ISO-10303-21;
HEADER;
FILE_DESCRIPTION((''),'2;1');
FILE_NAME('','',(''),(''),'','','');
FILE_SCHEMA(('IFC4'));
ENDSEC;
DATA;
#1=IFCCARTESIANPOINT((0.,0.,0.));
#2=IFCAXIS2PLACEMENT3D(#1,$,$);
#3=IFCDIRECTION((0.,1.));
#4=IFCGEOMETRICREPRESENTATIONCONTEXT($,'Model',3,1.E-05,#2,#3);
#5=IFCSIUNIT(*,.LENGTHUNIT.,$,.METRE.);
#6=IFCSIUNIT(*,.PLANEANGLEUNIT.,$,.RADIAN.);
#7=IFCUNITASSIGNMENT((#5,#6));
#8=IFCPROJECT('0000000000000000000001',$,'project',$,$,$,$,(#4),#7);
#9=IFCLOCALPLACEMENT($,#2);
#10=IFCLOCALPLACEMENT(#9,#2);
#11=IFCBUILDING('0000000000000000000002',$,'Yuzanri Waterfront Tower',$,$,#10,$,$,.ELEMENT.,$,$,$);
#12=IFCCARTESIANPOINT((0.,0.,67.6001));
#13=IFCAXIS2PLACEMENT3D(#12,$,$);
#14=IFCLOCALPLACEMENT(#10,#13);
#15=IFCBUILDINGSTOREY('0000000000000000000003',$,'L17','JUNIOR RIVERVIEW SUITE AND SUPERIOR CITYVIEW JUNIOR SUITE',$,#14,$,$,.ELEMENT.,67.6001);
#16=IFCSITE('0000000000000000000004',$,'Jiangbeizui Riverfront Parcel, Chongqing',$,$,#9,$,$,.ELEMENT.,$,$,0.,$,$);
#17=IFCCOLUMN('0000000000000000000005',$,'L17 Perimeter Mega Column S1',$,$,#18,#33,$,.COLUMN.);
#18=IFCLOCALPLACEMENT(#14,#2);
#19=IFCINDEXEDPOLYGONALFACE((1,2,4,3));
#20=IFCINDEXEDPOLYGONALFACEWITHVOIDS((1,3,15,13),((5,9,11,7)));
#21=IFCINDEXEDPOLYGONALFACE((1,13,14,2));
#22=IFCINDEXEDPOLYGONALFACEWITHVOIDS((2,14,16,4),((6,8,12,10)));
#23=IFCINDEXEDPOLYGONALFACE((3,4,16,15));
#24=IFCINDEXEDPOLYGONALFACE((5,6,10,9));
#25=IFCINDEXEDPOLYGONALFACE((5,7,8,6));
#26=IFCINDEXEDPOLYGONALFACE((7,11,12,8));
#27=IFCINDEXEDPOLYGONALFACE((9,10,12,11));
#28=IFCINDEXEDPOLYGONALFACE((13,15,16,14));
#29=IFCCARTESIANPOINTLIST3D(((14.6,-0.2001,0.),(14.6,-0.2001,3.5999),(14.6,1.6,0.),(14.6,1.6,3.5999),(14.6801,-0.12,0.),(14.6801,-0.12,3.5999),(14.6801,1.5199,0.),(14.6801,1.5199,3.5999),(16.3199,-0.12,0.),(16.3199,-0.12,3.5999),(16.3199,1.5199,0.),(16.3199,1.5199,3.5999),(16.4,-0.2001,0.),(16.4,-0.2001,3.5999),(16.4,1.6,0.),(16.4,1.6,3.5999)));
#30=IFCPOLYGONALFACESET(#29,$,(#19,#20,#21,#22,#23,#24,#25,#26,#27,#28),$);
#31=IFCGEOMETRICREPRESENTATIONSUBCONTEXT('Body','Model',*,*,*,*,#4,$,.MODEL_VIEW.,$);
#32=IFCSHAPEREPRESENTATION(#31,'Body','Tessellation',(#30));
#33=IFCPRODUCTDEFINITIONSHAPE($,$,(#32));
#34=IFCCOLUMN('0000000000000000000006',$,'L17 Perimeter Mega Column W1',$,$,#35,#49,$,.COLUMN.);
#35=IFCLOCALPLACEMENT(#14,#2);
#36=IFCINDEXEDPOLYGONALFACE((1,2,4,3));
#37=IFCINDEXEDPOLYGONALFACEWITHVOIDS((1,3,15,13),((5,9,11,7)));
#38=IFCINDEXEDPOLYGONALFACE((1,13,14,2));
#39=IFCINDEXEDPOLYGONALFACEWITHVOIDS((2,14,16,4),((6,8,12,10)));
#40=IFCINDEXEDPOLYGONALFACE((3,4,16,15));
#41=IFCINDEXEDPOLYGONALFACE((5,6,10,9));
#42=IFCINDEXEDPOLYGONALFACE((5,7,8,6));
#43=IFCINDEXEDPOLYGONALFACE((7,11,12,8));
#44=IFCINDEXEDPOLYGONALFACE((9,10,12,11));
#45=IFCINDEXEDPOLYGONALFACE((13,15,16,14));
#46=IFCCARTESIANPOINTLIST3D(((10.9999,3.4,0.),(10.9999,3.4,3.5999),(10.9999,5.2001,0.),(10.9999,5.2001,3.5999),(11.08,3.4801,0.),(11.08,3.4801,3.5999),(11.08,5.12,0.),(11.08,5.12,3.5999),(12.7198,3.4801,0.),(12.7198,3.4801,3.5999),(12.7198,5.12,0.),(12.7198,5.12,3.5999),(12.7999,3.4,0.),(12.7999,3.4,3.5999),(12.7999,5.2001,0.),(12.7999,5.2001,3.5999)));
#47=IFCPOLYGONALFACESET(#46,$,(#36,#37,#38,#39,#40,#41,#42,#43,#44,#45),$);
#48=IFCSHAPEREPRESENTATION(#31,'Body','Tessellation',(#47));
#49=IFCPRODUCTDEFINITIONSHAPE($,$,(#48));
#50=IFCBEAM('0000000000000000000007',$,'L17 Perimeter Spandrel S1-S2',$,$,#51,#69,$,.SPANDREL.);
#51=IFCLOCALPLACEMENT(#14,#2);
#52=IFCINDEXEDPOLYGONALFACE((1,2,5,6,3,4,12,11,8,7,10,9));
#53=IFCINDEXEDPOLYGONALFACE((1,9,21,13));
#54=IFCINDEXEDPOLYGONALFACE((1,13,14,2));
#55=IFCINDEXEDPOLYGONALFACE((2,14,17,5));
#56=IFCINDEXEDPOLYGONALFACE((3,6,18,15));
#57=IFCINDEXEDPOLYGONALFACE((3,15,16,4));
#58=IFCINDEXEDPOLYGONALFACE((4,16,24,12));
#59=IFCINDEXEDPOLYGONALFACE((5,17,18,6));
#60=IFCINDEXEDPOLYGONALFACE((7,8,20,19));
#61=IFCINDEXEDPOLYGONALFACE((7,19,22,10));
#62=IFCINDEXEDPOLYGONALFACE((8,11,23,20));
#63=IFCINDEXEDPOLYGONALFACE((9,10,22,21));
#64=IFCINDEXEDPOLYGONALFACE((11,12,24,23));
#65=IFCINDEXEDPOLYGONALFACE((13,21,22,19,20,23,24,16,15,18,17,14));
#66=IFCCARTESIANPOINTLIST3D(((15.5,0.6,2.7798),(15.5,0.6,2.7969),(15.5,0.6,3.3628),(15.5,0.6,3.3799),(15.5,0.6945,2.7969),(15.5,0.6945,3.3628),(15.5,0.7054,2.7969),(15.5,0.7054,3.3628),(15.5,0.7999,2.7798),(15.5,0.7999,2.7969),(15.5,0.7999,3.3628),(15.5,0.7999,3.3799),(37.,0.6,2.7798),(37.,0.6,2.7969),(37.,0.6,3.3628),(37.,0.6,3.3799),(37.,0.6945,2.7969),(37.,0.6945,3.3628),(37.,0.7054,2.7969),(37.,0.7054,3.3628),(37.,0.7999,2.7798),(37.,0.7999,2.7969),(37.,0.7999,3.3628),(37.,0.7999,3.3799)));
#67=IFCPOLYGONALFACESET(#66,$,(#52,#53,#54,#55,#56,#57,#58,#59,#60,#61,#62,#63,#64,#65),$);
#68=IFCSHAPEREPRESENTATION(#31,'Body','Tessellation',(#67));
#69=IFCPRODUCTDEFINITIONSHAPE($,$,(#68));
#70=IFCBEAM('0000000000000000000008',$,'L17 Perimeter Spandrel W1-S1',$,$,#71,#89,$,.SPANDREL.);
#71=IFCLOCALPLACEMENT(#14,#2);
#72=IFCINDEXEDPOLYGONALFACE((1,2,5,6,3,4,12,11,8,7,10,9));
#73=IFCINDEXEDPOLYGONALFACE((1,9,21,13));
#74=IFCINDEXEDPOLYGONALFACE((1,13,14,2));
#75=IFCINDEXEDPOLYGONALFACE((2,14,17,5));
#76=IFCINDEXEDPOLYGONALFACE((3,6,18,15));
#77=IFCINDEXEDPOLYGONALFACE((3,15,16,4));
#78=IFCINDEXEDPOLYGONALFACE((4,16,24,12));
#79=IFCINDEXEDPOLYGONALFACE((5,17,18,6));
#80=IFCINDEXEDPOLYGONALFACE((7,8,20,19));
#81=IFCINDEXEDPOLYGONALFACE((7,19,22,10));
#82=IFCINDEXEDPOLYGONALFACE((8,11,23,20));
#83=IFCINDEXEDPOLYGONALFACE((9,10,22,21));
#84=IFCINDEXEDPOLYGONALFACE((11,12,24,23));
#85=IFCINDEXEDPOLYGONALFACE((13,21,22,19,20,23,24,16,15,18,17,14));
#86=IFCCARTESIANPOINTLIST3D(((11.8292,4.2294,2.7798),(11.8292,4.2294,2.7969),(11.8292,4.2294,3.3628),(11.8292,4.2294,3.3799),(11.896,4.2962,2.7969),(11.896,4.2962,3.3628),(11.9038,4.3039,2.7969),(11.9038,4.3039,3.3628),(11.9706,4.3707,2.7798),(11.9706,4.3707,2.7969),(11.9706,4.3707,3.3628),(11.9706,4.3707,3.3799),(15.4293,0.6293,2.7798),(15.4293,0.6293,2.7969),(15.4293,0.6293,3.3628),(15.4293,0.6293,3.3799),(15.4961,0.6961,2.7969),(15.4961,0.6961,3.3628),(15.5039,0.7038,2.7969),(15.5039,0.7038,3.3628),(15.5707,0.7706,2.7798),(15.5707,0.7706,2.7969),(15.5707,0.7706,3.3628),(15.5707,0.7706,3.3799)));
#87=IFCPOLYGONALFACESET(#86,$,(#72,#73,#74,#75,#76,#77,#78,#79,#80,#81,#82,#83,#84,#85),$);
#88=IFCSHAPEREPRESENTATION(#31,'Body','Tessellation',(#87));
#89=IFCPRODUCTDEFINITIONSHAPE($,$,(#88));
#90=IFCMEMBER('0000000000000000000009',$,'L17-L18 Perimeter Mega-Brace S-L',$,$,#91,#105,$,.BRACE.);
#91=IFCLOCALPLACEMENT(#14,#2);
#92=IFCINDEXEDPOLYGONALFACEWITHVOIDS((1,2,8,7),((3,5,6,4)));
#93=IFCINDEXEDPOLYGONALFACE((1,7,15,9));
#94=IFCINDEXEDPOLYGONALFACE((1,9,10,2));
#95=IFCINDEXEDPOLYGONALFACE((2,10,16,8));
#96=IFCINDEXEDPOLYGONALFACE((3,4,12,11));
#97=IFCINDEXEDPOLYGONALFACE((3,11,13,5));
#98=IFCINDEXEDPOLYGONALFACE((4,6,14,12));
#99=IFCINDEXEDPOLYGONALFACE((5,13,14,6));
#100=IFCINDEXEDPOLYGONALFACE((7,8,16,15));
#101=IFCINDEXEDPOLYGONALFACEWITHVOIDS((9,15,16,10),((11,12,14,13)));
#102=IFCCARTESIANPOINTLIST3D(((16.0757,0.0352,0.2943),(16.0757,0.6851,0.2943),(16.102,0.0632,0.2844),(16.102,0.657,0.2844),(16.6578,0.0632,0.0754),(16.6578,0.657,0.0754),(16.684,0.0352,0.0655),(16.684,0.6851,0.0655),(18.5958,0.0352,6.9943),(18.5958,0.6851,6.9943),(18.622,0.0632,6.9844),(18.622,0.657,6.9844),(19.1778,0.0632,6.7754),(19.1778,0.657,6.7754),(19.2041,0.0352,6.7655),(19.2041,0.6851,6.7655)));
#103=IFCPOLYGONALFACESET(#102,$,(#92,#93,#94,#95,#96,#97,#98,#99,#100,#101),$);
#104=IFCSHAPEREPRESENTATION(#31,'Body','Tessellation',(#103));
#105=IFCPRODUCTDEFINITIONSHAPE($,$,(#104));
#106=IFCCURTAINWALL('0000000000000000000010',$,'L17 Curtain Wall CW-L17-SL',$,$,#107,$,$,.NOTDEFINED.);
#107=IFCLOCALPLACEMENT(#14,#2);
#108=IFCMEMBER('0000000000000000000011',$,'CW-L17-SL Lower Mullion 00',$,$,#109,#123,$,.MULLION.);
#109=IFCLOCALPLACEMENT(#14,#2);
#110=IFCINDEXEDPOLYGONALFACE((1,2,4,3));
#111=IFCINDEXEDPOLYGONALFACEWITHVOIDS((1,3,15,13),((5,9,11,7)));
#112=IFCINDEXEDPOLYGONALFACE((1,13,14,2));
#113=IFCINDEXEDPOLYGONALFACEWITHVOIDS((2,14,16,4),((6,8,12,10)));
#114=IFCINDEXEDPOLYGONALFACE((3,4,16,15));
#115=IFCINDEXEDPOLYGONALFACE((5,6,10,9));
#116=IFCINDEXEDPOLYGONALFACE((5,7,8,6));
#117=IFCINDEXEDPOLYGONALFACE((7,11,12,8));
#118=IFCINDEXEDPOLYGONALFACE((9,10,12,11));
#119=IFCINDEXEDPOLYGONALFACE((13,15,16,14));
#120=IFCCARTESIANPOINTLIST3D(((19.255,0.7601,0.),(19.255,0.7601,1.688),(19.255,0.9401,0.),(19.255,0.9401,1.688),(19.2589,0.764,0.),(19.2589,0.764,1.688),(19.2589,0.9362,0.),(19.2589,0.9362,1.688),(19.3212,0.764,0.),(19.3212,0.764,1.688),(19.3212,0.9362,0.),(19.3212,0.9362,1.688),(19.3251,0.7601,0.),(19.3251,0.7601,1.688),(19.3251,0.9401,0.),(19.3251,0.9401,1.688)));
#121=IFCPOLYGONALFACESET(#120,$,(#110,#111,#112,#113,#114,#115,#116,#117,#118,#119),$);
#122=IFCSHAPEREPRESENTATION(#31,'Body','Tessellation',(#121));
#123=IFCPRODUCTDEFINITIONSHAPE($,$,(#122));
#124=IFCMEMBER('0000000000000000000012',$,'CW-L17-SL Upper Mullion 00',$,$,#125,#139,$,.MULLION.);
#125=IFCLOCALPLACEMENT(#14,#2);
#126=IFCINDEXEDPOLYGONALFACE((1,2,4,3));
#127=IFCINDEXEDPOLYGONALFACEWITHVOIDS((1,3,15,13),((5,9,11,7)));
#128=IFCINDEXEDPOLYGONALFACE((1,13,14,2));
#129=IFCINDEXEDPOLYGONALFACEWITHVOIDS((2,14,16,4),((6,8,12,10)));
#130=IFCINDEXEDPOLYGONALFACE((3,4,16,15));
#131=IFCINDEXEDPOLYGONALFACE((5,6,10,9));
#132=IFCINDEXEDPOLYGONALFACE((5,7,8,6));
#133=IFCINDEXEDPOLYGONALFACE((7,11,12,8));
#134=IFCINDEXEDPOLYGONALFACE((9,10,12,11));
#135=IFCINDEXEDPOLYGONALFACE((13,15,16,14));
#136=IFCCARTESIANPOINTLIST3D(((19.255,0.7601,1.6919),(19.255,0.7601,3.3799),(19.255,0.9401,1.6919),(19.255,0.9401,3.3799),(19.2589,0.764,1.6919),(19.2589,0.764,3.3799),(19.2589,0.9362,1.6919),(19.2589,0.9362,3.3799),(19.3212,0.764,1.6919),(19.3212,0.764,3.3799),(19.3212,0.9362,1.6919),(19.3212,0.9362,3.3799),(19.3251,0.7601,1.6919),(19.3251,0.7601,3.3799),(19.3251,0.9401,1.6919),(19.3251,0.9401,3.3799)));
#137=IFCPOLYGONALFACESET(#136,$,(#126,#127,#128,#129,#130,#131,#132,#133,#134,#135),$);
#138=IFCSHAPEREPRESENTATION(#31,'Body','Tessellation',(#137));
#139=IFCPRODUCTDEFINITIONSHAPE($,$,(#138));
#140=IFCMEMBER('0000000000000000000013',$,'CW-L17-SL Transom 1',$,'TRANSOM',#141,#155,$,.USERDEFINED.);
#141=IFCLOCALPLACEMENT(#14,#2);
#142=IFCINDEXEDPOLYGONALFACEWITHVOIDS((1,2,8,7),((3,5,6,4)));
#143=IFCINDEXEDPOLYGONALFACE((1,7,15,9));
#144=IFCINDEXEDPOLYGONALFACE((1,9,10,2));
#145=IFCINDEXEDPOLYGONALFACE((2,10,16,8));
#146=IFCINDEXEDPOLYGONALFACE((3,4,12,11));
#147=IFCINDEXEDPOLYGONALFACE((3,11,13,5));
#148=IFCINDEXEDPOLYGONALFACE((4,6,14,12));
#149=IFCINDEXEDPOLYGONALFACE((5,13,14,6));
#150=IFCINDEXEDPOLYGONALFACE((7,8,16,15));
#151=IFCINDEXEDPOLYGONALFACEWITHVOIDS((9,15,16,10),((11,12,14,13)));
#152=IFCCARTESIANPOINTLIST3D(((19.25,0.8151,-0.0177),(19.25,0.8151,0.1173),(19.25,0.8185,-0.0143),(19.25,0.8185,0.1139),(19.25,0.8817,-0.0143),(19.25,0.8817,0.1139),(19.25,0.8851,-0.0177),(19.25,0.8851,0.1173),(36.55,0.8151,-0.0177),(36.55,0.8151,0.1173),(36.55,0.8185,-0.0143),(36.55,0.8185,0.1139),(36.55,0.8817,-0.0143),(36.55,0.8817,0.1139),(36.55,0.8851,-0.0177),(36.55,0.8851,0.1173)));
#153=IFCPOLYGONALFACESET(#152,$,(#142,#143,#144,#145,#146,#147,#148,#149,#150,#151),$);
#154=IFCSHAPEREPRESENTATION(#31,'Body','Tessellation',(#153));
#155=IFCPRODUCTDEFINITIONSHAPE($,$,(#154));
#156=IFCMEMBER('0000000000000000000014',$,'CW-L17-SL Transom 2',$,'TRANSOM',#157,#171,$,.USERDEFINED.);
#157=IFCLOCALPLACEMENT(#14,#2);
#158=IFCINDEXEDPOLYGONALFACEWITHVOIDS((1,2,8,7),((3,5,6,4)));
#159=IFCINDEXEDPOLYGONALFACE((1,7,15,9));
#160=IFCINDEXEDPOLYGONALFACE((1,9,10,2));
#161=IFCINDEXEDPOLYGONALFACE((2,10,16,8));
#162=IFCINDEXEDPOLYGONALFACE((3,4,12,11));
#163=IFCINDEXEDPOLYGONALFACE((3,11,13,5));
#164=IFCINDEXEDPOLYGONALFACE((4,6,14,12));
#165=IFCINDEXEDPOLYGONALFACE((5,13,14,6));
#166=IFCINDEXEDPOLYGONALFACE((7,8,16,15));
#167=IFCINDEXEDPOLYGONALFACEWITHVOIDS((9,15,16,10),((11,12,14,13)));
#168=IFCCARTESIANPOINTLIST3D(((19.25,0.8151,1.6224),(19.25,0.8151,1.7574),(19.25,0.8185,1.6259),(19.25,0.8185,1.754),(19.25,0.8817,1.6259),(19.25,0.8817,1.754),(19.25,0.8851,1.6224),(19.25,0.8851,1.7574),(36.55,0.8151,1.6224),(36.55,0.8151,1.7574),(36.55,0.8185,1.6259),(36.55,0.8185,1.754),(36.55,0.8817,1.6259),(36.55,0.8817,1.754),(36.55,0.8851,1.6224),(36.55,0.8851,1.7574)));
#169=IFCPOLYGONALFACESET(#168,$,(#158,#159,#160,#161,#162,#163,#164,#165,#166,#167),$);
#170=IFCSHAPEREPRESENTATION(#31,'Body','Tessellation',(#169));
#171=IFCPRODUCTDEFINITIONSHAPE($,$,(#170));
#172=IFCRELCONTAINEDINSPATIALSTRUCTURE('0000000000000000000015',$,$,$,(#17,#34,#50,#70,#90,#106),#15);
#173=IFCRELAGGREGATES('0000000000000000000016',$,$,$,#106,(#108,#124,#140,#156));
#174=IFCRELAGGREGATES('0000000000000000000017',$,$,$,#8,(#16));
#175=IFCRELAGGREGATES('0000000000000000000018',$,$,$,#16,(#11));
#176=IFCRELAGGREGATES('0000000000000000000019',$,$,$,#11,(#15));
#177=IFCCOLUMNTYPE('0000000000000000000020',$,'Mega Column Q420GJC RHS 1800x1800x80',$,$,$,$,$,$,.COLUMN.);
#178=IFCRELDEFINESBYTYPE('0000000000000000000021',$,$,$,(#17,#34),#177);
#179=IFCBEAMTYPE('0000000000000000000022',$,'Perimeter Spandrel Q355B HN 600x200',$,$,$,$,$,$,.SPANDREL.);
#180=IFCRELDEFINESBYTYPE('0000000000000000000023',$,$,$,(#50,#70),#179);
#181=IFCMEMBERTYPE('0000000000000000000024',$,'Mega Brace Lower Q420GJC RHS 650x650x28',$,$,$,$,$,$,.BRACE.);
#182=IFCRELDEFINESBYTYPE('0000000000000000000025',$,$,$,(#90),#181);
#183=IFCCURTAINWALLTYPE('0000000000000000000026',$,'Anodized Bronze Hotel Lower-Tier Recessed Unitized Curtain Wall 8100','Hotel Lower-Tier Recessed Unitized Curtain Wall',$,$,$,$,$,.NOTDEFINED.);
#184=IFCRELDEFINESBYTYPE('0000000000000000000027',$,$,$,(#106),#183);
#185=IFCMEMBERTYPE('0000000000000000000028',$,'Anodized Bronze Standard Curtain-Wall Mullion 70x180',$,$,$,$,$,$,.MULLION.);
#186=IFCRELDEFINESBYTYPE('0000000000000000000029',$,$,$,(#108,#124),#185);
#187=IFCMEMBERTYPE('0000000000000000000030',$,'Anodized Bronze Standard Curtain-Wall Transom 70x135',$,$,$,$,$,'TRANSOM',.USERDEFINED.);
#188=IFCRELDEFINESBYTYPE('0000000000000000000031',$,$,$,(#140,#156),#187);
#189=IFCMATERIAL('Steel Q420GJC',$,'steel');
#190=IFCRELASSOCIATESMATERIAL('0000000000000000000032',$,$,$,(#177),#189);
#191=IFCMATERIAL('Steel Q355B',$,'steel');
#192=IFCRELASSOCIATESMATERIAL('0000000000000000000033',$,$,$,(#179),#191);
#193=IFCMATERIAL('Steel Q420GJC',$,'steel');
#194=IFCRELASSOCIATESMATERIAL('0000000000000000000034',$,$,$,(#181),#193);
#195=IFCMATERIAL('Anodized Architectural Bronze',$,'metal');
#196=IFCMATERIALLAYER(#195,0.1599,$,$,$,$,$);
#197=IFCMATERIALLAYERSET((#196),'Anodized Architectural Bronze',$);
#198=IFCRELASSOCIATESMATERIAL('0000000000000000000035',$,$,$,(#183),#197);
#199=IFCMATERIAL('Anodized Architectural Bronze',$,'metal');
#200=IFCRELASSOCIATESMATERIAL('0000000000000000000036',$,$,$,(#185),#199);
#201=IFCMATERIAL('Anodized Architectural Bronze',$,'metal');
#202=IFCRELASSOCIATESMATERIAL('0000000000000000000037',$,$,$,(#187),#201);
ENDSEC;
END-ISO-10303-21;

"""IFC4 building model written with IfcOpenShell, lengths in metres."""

from ifc_helpers import new_model, si_unit, direction, frame, origin, origin_2d, place, context, subcontext, project, spatial, hollow_rectangle, i_section, extrude, source, transform, mapped, material, layer, layer_set, material_profile, profile_set, type_object, element, aggregate, save


model = new_model("IFC4")

# Units and contexts
model_context = context("Model", 3, precision=1e-05, world=origin(), true_north=direction((0.0, 1.0)))
body_context = subcontext(model_context, "Body", "Model", "MODEL_VIEW")
ifc_project = project(units=[si_unit("LENGTHUNIT", "METRE"), si_unit("PLANEANGLEUNIT", "RADIAN")], contexts=[model_context])

# Site, building, storey
site_placement = place(None, origin())
site = spatial("IfcSite", under=ifc_project, at=site_placement, Name="Jiangbeizui Riverfront Parcel, Chongqing", CompositionType="ELEMENT", RefElevation=0.0)
building_placement = place(site_placement, origin())
building = spatial("IfcBuilding", under=site, at=building_placement, Name="Yuzanri Waterfront Tower", CompositionType="ELEMENT")
storey_placement = place(building_placement, frame((0.0, 0.0, 67.6001)))
storey = spatial("IfcBuildingStorey", under=building, at=storey_placement, Name="L17", Description="JUNIOR RIVERVIEW SUITE AND SUPERIOR CITYVIEW JUNIOR SUITE", CompositionType="ELEMENT", Elevation=67.6001)

# Columns
ifc_material_1 = material(Name="Steel Q420GJC", Category="steel")
ifc_material_profile_1 = material_profile(ifc_material_1, hollow_rectangle(XDim=1.8, YDim=1.8, WallThickness=0.0801, at=origin_2d()), Name="RHS 1800x1800x80")
ifc_profile_set_1 = profile_set([ifc_material_profile_1], Name="Steel Q420GJC")
column_type = type_object("IfcColumnType", Name="Mega Column Q420GJC RHS 1800x1800x80", PredefinedType="COLUMN", material=ifc_profile_set_1)
shared_shape_1 = source(origin(), body_context, "Body", "SweptSolid", [
    extrude(hollow_rectangle(XDim=1.8, YDim=1.8, WallThickness=0.0801, at=origin_2d()), origin(), (0.0, 0.0, 1.0), 3.5999),
])
for number, where, z_axis, x_axis, name in (
    (1, (15.5, 0.7, 0.0), (0.0, 0.0, 1.0), (1.0, 0.0, 0.0), "L17 Perimeter Mega Column S1"),
    (2, (11.8999, 4.3, 0.0), (0.0, 0.0, 1.0), (1.0, 0.0, 0.0), "L17 Perimeter Mega Column W1"),
):
    element("IfcColumn", number, at=place(storey_placement, frame(where, z_axis=z_axis, x_axis=x_axis)), inside=storey, type_object=column_type, Name=name, PredefinedType="COLUMN", context=body_context, shape_type="MappedRepresentation", body=[
        mapped(shared_shape_1, transform((0.0, 0.0, 0.0), scale=1.0)),
    ])

# Beams
ifc_material_2 = material(Name="Steel Q355B", Category="steel")
ifc_material_profile_2 = material_profile(ifc_material_2, i_section(OverallWidth=0.2, OverallDepth=0.6001, WebThickness=0.011, FlangeThickness=0.0171, at=origin_2d()), Name="HN 600x200x11x17")
ifc_profile_set_2 = profile_set([ifc_material_profile_2], Name="Steel Q355B")
beam_type = type_object("IfcBeamType", Name="Perimeter Spandrel Q355B HN 600x200", PredefinedType="SPANDREL", material=ifc_profile_set_2)
shared_shape_2 = source(origin(), body_context, "Body", "SweptSolid", [
    extrude(i_section(OverallWidth=0.2, OverallDepth=0.6001, WebThickness=0.011, FlangeThickness=0.0171, at=origin_2d()), origin(), (0.0, 0.0, 1.0), 21.5),
])
beam_1_placement = place(storey_placement, frame((15.5, 0.7, 3.0798), z_axis=(1.0, 0.0, 0.0), x_axis=(0.0, 1.0, 0.0)))
element("IfcBeam", 3, at=beam_1_placement, inside=storey, type_object=beam_type, Name="L17 Perimeter Spandrel S1-S2", PredefinedType="SPANDREL", context=body_context, shape_type="MappedRepresentation", body=[
    mapped(shared_shape_2, transform((0.0, 0.0, 0.0), scale=1.0)),
])
shared_shape_3 = source(origin(), body_context, "Body", "SweptSolid", [
    extrude(i_section(OverallWidth=0.2, OverallDepth=0.6001, WebThickness=0.011, FlangeThickness=0.0171, at=origin_2d()), origin(), (0.0, 0.0, 1.0), 5.0913),
])
beam_2_placement = place(storey_placement, frame((11.8999, 4.3, 3.0798), z_axis=(0.707107, -0.707107, 0.0), x_axis=(0.707107, 0.707107, 0.0)))
element("IfcBeam", 4, at=beam_2_placement, inside=storey, type_object=beam_type, Name="L17 Perimeter Spandrel W1-S1", PredefinedType="SPANDREL", context=body_context, shape_type="MappedRepresentation", body=[
    mapped(shared_shape_3, transform((0.0, 0.0, 0.0), scale=1.0)),
])

# Member
ifc_material_3 = material(Name="Steel Q420GJC", Category="steel")
ifc_material_profile_3 = material_profile(ifc_material_3, hollow_rectangle(XDim=0.6499, YDim=0.6499, WallThickness=0.0281, at=origin_2d()), Name="RHS 650x650x28")
ifc_profile_set_3 = profile_set([ifc_material_profile_3], Name="Steel Q420GJC")
member_type_1 = type_object("IfcMemberType", Name="Mega Brace Lower Q420GJC RHS 650x650x28", PredefinedType="BRACE", material=ifc_profile_set_3)
shared_shape_4 = source(origin(), body_context, "Body", "SweptSolid", [
    extrude(hollow_rectangle(XDim=0.6499, YDim=0.6499, WallThickness=0.0281, at=origin_2d()), origin(), (0.0, 0.0, 1.0), 7.1582),
])
member_1_placement = place(storey_placement, frame((16.3799, 0.3601, 0.1799), z_axis=(0.352046, 0.0, 0.935983), x_axis=(0.0, 1.0, 0.0)))
element("IfcMember", 5, at=member_1_placement, inside=storey, type_object=member_type_1, Name="L17-L18 Perimeter Mega-Brace S-L", PredefinedType="BRACE", context=body_context, shape_type="MappedRepresentation", body=[
    mapped(shared_shape_4, transform((0.0, 0.0, 0.0), scale=1.0)),
])

# Curtain wall, members
ifc_material_4 = material(Name="Anodized Architectural Bronze", Category="metal")
ifc_layer_1 = layer(ifc_material_4, 0.1599)
ifc_layer_set_1 = layer_set([ifc_layer_1], Name="Anodized Architectural Bronze")
curtain_wall_type = type_object("IfcCurtainWallType", Name="Anodized Bronze Hotel Lower-Tier Recessed Unitized Curtain Wall 8100", Description="Hotel Lower-Tier Recessed Unitized Curtain Wall", PredefinedType="NOTDEFINED", material=ifc_layer_set_1)
curtain_wall_placement = place(storey_placement, origin())
curtain_wall = element("IfcCurtainWall", 6, at=curtain_wall_placement, inside=storey, type_object=curtain_wall_type, Name="L17 Curtain Wall CW-L17-SL", PredefinedType="NOTDEFINED")
ifc_material_5 = material(Name="Anodized Architectural Bronze", Category="metal")
ifc_material_profile_4 = material_profile(ifc_material_5, hollow_rectangle(XDim=0.0701, YDim=0.1799, WallThickness=0.0039, at=origin_2d()), Name="CWM 70x180")
ifc_profile_set_4 = profile_set([ifc_material_profile_4], Name="Anodized Architectural Bronze")
member_type_2 = type_object("IfcMemberType", Name="Anodized Bronze Standard Curtain-Wall Mullion 70x180", PredefinedType="MULLION", material=ifc_profile_set_4)
shared_shape_5 = source(origin(), body_context, "Body", "SweptSolid", [
    extrude(hollow_rectangle(XDim=0.0701, YDim=0.1799, WallThickness=0.0039, at=origin_2d()), origin(), (0.0, 0.0, 1.0), 1.688),
])
member_2_placement = place(storey_placement, frame((19.29, 0.8501, 0.0), z_axis=(0.0, 0.0, 1.0), x_axis=(1.0, 0.0, 0.0)))
member_2 = element("IfcMember", 7, at=member_2_placement, type_object=member_type_2, Name="CW-L17-SL Lower Mullion 00", PredefinedType="MULLION", context=body_context, shape_type="MappedRepresentation", body=[
    mapped(shared_shape_5, transform((0.0, 0.0, 0.0), scale=1.0)),
])
member_3_placement = place(storey_placement, frame((19.29, 0.8501, 1.6919), z_axis=(0.0, 0.0, 1.0), x_axis=(1.0, 0.0, 0.0)))
member_3 = element("IfcMember", 8, at=member_3_placement, type_object=member_type_2, Name="CW-L17-SL Upper Mullion 00", PredefinedType="MULLION", context=body_context, shape_type="MappedRepresentation", body=[
    mapped(shared_shape_5, transform((0.0, 0.0, 0.0), scale=1.0)),
])
ifc_material_6 = material(Name="Anodized Architectural Bronze", Category="metal")
ifc_material_profile_5 = material_profile(ifc_material_6, hollow_rectangle(XDim=0.0701, YDim=0.135, WallThickness=0.0034, at=origin_2d()), Name="CWT 70x135")
ifc_profile_set_5 = profile_set([ifc_material_profile_5], Name="Anodized Architectural Bronze")
member_type_3 = type_object("IfcMemberType", Name="Anodized Bronze Standard Curtain-Wall Transom 70x135", ElementType="TRANSOM", PredefinedType="USERDEFINED", material=ifc_profile_set_5)
shared_shape_6 = source(origin(), body_context, "Body", "SweptSolid", [
    extrude(hollow_rectangle(XDim=0.0701, YDim=0.135, WallThickness=0.0034, at=origin_2d()), origin(), (0.0, 0.0, 1.0), 17.3),
])
member_4_placement = place(storey_placement, frame((19.25, 0.8501, 0.0498), z_axis=(1.0, 0.0, 0.0), x_axis=(0.0, 1.0, 0.0)))
member_4 = element("IfcMember", 9, at=member_4_placement, type_object=member_type_3, Name="CW-L17-SL Transom 1", ObjectType="TRANSOM", PredefinedType="USERDEFINED", context=body_context, shape_type="MappedRepresentation", body=[
    mapped(shared_shape_6, transform((0.0, 0.0, 0.0), scale=1.0)),
])
member_5_placement = place(storey_placement, frame((19.25, 0.8501, 1.6899), z_axis=(1.0, 0.0, 0.0), x_axis=(0.0, 1.0, 0.0)))
member_5 = element("IfcMember", 10, at=member_5_placement, type_object=member_type_3, Name="CW-L17-SL Transom 2", ObjectType="TRANSOM", PredefinedType="USERDEFINED", context=body_context, shape_type="MappedRepresentation", body=[
    mapped(shared_shape_6, transform((0.0, 0.0, 0.0), scale=1.0)),
])
aggregate(curtain_wall, [member_2, member_3, member_4, member_5])

save(model, "model.ifc")
